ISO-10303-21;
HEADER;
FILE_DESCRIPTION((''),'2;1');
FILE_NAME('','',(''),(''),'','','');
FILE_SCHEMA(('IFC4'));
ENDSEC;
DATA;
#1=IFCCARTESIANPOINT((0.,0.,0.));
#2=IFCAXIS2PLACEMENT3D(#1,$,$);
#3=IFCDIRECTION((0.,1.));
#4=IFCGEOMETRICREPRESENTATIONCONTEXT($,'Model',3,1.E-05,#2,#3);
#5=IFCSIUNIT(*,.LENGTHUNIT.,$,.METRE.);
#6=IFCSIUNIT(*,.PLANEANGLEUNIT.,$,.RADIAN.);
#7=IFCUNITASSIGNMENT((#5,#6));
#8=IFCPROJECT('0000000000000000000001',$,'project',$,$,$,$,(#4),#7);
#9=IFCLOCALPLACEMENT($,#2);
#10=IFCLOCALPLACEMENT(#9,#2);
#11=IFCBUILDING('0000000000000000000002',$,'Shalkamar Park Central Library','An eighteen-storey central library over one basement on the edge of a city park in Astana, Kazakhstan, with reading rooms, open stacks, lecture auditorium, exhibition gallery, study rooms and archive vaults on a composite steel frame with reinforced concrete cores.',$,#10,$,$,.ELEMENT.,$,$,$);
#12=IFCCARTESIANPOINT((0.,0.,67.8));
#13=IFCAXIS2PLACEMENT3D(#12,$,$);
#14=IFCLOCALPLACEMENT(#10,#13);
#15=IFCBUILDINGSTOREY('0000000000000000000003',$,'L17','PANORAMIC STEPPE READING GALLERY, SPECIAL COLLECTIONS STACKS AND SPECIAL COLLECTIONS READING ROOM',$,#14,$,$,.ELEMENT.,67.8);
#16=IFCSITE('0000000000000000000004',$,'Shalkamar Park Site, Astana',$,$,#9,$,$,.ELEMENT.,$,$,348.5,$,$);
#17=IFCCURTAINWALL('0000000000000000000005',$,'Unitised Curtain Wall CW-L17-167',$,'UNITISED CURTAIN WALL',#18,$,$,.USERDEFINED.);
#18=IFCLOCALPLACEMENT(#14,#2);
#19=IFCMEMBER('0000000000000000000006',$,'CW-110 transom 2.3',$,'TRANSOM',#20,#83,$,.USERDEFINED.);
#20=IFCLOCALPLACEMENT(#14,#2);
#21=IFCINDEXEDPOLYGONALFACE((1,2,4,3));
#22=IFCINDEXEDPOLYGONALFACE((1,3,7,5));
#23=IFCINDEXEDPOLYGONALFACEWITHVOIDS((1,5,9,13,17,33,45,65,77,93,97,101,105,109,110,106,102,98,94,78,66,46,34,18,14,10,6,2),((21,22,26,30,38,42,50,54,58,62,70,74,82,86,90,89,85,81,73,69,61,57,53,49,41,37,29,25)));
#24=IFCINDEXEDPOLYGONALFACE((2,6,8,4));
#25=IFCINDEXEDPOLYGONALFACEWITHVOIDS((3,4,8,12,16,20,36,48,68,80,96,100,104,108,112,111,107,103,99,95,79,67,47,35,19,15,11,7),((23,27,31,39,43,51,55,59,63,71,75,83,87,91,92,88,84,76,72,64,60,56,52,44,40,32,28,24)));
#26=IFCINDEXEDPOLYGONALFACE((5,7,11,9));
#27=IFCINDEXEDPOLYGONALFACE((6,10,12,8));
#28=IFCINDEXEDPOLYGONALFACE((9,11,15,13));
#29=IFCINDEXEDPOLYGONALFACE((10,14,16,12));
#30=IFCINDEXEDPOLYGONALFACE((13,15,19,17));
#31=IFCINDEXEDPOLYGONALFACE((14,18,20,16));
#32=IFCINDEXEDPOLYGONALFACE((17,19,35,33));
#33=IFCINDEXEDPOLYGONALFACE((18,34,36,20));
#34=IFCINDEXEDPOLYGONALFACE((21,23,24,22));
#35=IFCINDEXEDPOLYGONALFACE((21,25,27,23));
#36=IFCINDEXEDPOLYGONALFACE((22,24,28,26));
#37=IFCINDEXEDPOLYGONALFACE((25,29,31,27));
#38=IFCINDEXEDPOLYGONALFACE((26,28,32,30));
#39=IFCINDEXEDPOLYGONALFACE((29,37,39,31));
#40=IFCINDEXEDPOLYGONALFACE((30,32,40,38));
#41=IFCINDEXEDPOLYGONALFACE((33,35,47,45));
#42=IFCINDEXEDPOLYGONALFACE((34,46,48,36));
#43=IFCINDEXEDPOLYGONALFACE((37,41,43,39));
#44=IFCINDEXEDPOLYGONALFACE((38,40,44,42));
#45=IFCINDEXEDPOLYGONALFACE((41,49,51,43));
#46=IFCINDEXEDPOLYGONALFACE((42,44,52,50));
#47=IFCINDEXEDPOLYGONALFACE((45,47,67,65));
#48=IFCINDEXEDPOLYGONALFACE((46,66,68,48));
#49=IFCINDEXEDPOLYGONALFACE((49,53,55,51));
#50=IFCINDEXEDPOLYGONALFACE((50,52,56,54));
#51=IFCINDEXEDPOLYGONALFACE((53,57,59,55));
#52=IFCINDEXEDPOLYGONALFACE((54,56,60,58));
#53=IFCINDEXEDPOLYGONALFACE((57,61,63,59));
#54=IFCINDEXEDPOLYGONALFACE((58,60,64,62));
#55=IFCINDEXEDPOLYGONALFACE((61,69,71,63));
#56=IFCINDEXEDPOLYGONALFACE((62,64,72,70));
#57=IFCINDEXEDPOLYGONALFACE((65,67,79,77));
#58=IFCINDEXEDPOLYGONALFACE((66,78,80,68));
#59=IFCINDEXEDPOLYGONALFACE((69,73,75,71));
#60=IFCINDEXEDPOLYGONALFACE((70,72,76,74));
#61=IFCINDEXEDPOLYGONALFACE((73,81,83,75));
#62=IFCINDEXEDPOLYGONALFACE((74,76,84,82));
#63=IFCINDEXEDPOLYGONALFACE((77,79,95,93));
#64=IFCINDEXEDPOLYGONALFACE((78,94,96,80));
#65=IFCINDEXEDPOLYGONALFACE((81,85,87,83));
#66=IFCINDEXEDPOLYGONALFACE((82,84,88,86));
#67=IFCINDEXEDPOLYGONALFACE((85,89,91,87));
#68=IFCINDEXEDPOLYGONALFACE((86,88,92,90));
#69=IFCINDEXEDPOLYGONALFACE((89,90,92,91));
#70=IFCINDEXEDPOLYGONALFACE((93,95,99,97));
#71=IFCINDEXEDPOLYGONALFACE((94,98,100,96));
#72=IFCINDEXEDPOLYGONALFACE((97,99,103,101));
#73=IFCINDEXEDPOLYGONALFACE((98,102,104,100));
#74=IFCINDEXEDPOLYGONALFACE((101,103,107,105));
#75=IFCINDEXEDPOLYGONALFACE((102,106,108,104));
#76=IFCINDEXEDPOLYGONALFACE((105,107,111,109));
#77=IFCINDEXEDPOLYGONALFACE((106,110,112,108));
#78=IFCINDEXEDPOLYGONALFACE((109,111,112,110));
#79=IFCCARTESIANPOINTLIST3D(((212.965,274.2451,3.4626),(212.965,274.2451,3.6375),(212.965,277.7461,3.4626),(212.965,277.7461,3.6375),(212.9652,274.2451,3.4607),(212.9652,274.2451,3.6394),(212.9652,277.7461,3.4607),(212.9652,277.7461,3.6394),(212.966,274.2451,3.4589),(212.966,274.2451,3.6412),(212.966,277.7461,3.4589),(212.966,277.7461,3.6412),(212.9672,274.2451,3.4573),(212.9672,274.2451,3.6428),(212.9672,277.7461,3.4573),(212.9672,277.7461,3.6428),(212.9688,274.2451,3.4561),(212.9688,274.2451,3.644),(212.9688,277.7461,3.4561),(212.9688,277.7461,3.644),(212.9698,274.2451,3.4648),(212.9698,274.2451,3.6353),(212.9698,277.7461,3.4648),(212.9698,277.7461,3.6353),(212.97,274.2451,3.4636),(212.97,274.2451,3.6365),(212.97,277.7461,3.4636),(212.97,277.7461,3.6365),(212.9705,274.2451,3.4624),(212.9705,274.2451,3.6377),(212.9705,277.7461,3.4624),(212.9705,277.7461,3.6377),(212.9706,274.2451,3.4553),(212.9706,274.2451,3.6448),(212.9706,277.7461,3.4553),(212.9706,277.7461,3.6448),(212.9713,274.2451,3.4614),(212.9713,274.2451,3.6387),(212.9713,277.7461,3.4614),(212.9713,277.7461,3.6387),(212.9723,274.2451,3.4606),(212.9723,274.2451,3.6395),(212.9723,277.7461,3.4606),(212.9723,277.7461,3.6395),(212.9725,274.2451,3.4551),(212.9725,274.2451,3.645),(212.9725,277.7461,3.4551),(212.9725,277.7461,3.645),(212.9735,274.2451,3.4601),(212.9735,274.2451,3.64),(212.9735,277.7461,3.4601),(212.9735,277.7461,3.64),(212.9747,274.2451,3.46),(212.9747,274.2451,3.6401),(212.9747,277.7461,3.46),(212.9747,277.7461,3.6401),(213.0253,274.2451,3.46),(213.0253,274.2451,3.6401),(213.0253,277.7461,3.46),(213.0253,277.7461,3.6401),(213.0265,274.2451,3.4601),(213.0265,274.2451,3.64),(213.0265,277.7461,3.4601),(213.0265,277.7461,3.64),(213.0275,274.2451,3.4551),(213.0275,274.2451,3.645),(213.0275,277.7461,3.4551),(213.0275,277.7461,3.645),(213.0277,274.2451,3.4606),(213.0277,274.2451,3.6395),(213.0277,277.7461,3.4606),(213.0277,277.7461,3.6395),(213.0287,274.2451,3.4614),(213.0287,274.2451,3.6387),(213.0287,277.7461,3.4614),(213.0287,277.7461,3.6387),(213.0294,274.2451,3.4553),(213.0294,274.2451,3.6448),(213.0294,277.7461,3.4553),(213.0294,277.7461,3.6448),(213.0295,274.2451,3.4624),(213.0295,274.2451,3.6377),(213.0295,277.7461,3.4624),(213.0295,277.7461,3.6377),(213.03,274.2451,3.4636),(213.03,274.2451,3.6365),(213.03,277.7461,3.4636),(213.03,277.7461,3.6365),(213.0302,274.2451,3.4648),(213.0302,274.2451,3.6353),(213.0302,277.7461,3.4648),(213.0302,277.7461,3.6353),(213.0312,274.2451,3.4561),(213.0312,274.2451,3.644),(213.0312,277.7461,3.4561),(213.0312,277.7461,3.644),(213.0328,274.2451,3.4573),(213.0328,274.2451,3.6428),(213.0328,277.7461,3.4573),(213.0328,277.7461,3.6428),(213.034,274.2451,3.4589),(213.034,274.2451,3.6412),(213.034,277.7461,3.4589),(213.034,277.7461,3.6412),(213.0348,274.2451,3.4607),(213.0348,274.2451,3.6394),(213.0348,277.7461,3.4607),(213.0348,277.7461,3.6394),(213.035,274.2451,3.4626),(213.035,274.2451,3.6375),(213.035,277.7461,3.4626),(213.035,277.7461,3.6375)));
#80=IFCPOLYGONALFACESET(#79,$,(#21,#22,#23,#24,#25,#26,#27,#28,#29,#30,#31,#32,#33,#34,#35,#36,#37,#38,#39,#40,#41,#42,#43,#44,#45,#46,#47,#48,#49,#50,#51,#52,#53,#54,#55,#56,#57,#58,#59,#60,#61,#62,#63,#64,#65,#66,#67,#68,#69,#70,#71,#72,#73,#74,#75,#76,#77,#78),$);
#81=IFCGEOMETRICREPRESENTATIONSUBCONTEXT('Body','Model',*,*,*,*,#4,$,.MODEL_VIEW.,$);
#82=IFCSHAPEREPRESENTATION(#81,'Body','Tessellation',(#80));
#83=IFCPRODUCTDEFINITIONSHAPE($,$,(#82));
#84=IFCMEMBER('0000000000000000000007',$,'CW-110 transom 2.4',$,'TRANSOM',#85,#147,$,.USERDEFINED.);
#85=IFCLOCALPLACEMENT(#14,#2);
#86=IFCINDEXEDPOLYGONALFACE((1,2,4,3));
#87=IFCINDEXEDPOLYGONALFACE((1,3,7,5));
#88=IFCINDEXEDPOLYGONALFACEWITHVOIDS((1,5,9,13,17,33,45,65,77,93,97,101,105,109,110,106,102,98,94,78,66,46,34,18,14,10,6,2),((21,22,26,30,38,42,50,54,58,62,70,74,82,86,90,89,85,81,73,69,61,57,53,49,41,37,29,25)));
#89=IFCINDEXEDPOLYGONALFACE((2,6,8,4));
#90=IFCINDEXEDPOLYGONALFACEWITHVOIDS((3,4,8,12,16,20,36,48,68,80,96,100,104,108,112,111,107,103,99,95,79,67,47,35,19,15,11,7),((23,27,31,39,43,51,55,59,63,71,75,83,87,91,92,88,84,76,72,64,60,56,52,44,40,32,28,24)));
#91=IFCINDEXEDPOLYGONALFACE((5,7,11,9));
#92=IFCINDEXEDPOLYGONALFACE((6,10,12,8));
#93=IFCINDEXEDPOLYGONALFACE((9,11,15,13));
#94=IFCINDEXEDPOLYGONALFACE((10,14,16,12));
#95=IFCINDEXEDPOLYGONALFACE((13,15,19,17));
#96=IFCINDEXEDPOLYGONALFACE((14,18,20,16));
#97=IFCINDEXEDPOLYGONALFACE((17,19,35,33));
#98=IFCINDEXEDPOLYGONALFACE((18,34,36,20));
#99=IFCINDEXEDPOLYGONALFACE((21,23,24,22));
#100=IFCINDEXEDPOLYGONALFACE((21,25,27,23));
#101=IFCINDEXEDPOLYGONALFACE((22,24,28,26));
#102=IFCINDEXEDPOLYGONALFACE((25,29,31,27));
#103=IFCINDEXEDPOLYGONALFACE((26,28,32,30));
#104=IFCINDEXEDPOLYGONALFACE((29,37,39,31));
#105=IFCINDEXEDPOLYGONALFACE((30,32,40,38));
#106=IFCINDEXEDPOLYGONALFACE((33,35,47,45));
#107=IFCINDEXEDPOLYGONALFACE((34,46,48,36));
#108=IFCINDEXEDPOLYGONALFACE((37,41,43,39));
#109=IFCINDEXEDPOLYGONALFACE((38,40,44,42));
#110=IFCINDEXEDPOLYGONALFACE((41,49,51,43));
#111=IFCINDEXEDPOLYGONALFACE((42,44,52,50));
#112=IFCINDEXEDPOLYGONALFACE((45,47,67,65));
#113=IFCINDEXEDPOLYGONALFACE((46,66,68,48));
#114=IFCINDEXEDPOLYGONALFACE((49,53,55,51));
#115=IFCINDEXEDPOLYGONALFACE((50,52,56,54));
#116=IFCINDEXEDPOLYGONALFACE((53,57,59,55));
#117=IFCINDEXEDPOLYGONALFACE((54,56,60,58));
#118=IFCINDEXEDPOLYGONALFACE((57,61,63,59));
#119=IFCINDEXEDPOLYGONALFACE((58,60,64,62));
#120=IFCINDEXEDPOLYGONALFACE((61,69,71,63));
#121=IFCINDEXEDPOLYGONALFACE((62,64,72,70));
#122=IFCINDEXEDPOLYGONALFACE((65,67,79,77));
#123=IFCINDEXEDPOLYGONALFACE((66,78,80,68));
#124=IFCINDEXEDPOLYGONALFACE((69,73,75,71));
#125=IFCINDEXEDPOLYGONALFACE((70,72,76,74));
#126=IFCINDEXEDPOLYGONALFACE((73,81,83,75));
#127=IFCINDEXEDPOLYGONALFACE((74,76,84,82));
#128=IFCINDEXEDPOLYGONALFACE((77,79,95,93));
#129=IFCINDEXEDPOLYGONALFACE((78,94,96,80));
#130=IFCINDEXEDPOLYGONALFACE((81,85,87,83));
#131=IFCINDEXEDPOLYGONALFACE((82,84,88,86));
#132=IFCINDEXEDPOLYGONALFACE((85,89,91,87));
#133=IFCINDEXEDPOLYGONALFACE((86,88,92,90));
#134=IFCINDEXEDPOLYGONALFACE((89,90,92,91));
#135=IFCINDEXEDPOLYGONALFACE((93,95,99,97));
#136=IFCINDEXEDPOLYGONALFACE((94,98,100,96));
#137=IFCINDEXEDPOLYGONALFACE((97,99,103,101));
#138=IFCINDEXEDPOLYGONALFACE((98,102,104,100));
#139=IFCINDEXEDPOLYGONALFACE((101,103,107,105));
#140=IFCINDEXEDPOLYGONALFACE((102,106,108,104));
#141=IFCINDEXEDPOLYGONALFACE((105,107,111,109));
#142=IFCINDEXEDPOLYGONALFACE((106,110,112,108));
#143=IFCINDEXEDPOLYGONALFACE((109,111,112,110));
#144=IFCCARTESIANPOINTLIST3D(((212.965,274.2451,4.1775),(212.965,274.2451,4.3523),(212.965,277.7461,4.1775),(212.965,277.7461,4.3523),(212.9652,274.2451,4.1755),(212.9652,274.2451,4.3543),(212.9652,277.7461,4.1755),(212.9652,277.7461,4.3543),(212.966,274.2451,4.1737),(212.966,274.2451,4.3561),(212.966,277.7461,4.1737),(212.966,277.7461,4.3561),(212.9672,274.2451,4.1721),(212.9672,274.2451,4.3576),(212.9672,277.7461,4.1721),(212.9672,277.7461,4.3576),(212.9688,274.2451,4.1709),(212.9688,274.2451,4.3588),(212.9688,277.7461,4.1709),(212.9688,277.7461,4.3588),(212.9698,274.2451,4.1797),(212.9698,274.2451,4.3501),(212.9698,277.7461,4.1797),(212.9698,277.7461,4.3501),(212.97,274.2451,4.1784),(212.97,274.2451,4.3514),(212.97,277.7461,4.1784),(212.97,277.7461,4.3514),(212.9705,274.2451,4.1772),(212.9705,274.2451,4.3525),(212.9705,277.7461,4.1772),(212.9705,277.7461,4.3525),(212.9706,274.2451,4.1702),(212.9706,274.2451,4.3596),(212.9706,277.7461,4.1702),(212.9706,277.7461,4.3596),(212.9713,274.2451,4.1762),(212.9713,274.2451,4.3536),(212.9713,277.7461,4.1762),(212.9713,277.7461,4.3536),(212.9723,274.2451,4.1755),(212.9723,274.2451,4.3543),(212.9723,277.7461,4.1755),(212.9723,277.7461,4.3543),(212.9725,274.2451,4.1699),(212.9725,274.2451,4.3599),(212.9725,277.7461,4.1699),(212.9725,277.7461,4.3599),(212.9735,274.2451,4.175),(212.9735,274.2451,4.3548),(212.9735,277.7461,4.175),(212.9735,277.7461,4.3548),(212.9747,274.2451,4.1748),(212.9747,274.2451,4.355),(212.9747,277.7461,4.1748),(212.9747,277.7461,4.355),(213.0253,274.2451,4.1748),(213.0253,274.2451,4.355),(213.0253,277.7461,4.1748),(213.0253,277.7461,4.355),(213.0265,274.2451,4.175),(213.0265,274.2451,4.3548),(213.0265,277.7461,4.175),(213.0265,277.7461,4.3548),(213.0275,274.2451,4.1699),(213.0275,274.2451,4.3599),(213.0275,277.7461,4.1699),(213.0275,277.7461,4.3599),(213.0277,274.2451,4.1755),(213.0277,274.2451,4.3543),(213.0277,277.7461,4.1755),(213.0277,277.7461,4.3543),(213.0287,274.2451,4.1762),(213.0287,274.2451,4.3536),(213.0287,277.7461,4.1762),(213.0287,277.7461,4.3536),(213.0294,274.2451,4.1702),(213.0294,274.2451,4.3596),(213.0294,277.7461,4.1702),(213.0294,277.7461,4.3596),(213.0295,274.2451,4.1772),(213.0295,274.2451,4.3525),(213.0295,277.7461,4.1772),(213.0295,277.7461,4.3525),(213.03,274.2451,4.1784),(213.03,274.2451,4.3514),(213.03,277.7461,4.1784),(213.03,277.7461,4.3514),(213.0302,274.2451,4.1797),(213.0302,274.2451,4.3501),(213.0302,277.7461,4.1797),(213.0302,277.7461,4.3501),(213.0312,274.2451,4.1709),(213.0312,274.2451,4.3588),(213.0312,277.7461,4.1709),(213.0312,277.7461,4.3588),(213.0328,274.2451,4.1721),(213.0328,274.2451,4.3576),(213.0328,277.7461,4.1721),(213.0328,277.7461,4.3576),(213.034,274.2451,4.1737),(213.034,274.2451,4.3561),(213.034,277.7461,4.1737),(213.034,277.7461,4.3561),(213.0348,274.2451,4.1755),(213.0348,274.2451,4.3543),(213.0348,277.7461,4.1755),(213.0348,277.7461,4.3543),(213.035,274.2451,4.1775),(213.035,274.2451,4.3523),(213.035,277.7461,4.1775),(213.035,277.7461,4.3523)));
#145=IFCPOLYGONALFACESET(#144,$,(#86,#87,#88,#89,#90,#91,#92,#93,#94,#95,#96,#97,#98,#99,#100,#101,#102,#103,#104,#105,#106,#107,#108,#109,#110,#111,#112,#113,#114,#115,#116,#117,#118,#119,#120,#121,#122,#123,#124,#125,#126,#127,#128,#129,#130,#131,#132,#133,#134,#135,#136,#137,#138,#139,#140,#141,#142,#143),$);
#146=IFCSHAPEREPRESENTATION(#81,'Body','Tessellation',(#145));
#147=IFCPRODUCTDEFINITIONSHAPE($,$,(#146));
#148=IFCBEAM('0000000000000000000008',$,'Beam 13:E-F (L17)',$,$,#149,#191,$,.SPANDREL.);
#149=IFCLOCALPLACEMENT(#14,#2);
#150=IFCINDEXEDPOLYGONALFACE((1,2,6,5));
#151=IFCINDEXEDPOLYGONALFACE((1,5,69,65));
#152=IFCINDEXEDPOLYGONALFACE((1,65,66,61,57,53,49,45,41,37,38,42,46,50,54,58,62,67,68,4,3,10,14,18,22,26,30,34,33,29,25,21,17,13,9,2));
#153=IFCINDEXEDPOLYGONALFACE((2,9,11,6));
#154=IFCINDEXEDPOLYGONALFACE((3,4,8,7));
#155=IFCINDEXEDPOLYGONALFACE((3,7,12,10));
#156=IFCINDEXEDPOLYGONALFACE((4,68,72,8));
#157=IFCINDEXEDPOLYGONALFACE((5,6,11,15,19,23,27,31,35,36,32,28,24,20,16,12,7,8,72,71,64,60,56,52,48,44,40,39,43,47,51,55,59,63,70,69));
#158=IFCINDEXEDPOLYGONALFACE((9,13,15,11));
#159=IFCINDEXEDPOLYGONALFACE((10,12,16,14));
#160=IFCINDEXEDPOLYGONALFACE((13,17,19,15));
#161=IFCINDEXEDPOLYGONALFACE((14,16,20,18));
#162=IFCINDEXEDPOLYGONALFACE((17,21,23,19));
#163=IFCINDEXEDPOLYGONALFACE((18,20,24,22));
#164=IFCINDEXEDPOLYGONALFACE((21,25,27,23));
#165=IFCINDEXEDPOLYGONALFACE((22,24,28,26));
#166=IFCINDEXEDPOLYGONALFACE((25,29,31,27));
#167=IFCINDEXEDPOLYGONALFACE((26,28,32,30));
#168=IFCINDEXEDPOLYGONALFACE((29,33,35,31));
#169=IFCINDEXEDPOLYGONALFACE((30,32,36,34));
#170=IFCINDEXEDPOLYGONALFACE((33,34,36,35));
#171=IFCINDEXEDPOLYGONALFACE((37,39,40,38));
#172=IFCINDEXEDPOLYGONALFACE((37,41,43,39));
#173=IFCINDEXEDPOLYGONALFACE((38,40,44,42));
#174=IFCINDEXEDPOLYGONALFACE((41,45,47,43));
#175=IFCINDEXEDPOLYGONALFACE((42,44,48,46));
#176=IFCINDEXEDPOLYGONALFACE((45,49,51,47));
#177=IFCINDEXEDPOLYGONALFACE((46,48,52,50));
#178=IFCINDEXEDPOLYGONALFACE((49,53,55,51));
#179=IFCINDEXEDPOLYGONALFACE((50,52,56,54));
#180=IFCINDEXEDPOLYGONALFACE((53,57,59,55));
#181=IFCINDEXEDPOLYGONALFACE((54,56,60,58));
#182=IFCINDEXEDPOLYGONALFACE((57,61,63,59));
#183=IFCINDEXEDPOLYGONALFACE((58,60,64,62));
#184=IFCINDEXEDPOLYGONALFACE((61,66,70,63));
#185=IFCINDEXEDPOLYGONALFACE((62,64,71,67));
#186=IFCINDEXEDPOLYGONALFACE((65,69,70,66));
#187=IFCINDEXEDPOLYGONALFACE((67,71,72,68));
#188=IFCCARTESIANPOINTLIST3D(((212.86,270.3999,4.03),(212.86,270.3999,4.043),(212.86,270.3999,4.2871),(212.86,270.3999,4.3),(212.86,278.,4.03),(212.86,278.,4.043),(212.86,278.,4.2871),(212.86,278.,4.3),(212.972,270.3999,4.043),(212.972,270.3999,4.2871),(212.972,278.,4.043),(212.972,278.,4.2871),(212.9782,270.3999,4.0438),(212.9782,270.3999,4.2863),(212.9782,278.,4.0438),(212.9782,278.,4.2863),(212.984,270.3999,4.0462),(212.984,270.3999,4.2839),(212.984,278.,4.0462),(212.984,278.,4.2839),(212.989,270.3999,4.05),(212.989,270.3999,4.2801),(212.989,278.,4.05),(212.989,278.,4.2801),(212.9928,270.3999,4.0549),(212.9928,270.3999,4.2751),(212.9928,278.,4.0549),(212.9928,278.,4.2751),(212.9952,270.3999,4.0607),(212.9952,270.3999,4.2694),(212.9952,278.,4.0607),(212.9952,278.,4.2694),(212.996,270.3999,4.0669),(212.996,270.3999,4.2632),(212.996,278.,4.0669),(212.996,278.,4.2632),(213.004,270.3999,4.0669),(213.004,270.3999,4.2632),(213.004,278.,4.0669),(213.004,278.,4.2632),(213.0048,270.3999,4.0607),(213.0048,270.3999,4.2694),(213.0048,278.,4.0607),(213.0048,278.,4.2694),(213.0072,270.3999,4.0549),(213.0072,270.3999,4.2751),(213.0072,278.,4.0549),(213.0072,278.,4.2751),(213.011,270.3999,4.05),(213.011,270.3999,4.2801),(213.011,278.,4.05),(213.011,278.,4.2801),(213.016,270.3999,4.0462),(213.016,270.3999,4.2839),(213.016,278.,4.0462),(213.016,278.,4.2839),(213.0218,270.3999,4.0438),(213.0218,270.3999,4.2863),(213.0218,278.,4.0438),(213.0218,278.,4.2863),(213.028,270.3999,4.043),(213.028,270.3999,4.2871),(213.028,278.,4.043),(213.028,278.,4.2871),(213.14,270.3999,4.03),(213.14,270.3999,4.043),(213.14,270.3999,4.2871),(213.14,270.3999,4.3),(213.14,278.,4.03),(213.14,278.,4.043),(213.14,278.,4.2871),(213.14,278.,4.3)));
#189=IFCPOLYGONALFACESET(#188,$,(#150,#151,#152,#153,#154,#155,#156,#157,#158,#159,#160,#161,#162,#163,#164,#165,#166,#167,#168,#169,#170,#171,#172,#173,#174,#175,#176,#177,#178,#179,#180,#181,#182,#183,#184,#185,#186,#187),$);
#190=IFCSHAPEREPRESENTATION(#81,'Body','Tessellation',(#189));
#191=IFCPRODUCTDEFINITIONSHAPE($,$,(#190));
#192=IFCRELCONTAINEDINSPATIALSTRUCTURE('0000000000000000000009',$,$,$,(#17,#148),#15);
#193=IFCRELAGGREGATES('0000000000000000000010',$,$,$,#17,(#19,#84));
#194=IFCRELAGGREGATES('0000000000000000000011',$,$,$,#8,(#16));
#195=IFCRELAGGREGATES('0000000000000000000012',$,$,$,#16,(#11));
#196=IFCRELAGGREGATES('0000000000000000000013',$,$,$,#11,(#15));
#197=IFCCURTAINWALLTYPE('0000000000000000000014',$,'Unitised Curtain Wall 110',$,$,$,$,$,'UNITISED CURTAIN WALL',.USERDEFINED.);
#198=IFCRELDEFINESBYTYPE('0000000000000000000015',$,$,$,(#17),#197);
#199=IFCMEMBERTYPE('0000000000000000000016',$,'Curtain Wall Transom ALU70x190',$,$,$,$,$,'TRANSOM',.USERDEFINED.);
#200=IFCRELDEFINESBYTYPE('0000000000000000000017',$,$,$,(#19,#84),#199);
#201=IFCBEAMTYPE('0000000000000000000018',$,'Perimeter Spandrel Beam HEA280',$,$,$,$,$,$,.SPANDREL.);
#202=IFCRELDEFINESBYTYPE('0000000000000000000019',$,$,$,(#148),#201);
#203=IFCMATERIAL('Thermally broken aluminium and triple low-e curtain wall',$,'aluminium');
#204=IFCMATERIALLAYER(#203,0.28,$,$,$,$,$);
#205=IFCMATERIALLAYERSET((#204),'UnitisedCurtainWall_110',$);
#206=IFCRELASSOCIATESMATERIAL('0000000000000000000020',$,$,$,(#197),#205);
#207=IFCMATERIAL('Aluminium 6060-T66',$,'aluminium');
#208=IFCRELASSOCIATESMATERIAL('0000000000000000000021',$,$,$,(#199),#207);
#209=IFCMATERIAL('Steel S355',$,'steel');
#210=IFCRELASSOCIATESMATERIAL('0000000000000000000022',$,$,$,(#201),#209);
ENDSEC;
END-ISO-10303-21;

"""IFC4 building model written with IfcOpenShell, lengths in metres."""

from ifc_helpers import new_model, si_unit, direction, frame, origin, origin_2d, place, context, subcontext, project, spatial, hollow_rectangle, i_section, extrude, material, layer, layer_set, material_profile, profile_set, type_object, element, aggregate, save


model = new_model("IFC4")

# Units and contexts
model_context = context("Model", 3, precision=1e-05, world=origin(), true_north=direction((0.0, 1.0)))
body_context = subcontext(model_context, "Body", "Model", "MODEL_VIEW")
ifc_project = project(units=[si_unit("LENGTHUNIT", "METRE"), si_unit("PLANEANGLEUNIT", "RADIAN")], contexts=[model_context])

# Site, building, storey
site_placement = place(None, origin())
site = spatial("IfcSite", under=ifc_project, at=site_placement, Name="Shalkamar Park Site, Astana", CompositionType="ELEMENT", RefElevation=348.5)
building_placement = place(site_placement, origin())
building = spatial("IfcBuilding", under=site, at=building_placement, Name="Shalkamar Park Central Library", Description="An eighteen-storey central library over one basement on the edge of a city park in Astana, Kazakhstan, with reading rooms, open stacks, lecture auditorium, exhibition gallery, study rooms and archive vaults on a composite steel frame with reinforced concrete cores.", CompositionType="ELEMENT")
storey_placement = place(building_placement, frame((0.0, 0.0, 67.8)))
storey = spatial("IfcBuildingStorey", under=building, at=storey_placement, Name="L17", Description="PANORAMIC STEPPE READING GALLERY, SPECIAL COLLECTIONS STACKS AND SPECIAL COLLECTIONS READING ROOM", CompositionType="ELEMENT", Elevation=67.8)

# Shared definitions
ifc_material_1 = material(Name="Steel S355", Category="steel")

# Shared definitions
ifc_material_2 = material(Name="Thermally broken aluminium and triple low-e curtain wall", Category="aluminium")
ifc_material_3 = material(Name="Aluminium 6060-T66", Category="aluminium")

# Curtain wall, members
ifc_layer_1 = layer(ifc_material_2, 0.28)
ifc_layer_set_1 = layer_set([ifc_layer_1], Name="UnitisedCurtainWall_110")
curtain_wall_type_1 = type_object("IfcCurtainWallType", Name="Unitised Curtain Wall 110", ElementType="UNITISED CURTAIN WALL", PredefinedType="USERDEFINED", material=ifc_layer_set_1)
curtain_wall_1_placement = place(storey_placement, origin())
curtain_wall_1 = element("IfcCurtainWall", 1, at=curtain_wall_1_placement, inside=storey, type_object=curtain_wall_type_1, Name="Unitised Curtain Wall CW-L17-167", ObjectType="UNITISED CURTAIN WALL", PredefinedType="USERDEFINED")
ifc_material_profile_1 = material_profile(ifc_material_3, hollow_rectangle(XDim=0.0701, YDim=0.1899, WallThickness=0.0049, InnerFilletRadius=0.0049, OuterFilletRadius=0.0076, at=origin_2d()), Name="ALU 70x190x5")
ifc_profile_set_1 = profile_set([ifc_material_profile_1], Name="Aluminium 6060-T66")
member_type_1 = type_object("IfcMemberType", Name="Curtain Wall Transom ALU70x190", ElementType="TRANSOM", PredefinedType="USERDEFINED", material=ifc_profile_set_1)
member_1_placement = place(storey_placement, frame((213.0, 274.2451, 3.55), z_axis=(0.0, 1.0, 0.0), x_axis=(-1.0, 0.0, 0.0)))
member_1 = element("IfcMember", 2, at=member_1_placement, type_object=member_type_1, Name="CW-110 transom 2.3", ObjectType="TRANSOM", PredefinedType="USERDEFINED", context=body_context, shape_type="SweptSolid", body=[
    extrude(hollow_rectangle(XDim=0.0701, YDim=0.1899, WallThickness=0.0049, InnerFilletRadius=0.0049, OuterFilletRadius=0.0076, at=origin_2d()), origin(), (0.0, 0.0, 1.0), 3.501),
])
member_2_placement = place(storey_placement, frame((213.0, 274.2451, 4.2649), z_axis=(0.0, 1.0, 0.0), x_axis=(-1.0, 0.0, 0.0)))
member_2 = element("IfcMember", 3, at=member_2_placement, type_object=member_type_1, Name="CW-110 transom 2.4", ObjectType="TRANSOM", PredefinedType="USERDEFINED", context=body_context, shape_type="SweptSolid", body=[
    extrude(hollow_rectangle(XDim=0.0701, YDim=0.1899, WallThickness=0.0049, InnerFilletRadius=0.0049, OuterFilletRadius=0.0076, at=origin_2d()), origin(), (0.0, 0.0, 1.0), 3.501),
])

# Beam
ifc_material_profile_2 = material_profile(ifc_material_1, i_section(OverallWidth=0.28, OverallDepth=0.27, WebThickness=0.0081, FlangeThickness=0.0129, FilletRadius=0.0239, at=origin_2d()), Name="HEA 280")
ifc_profile_set_2 = profile_set([ifc_material_profile_2], Name="Steel S355")
beam_type = type_object("IfcBeamType", Name="Perimeter Spandrel Beam HEA280", PredefinedType="SPANDREL", material=ifc_profile_set_2)
beam_placement = place(storey_placement, frame((213.0, 270.3999, 4.165), z_axis=(0.0, 1.0, 0.0), x_axis=(-1.0, 0.0, 0.0)))
element("IfcBeam", 4, at=beam_placement, inside=storey, type_object=beam_type, Name="Beam 13:E-F (L17)", PredefinedType="SPANDREL", context=body_context, shape_type="SweptSolid", body=[
    extrude(i_section(OverallWidth=0.28, OverallDepth=0.27, WebThickness=0.0081, FlangeThickness=0.0129, FilletRadius=0.0239, at=origin_2d()), origin(), (0.0, 0.0, 1.0), 7.6001),
])

aggregate(curtain_wall_1, [member_1, member_2])

save(model, "model.ifc")
